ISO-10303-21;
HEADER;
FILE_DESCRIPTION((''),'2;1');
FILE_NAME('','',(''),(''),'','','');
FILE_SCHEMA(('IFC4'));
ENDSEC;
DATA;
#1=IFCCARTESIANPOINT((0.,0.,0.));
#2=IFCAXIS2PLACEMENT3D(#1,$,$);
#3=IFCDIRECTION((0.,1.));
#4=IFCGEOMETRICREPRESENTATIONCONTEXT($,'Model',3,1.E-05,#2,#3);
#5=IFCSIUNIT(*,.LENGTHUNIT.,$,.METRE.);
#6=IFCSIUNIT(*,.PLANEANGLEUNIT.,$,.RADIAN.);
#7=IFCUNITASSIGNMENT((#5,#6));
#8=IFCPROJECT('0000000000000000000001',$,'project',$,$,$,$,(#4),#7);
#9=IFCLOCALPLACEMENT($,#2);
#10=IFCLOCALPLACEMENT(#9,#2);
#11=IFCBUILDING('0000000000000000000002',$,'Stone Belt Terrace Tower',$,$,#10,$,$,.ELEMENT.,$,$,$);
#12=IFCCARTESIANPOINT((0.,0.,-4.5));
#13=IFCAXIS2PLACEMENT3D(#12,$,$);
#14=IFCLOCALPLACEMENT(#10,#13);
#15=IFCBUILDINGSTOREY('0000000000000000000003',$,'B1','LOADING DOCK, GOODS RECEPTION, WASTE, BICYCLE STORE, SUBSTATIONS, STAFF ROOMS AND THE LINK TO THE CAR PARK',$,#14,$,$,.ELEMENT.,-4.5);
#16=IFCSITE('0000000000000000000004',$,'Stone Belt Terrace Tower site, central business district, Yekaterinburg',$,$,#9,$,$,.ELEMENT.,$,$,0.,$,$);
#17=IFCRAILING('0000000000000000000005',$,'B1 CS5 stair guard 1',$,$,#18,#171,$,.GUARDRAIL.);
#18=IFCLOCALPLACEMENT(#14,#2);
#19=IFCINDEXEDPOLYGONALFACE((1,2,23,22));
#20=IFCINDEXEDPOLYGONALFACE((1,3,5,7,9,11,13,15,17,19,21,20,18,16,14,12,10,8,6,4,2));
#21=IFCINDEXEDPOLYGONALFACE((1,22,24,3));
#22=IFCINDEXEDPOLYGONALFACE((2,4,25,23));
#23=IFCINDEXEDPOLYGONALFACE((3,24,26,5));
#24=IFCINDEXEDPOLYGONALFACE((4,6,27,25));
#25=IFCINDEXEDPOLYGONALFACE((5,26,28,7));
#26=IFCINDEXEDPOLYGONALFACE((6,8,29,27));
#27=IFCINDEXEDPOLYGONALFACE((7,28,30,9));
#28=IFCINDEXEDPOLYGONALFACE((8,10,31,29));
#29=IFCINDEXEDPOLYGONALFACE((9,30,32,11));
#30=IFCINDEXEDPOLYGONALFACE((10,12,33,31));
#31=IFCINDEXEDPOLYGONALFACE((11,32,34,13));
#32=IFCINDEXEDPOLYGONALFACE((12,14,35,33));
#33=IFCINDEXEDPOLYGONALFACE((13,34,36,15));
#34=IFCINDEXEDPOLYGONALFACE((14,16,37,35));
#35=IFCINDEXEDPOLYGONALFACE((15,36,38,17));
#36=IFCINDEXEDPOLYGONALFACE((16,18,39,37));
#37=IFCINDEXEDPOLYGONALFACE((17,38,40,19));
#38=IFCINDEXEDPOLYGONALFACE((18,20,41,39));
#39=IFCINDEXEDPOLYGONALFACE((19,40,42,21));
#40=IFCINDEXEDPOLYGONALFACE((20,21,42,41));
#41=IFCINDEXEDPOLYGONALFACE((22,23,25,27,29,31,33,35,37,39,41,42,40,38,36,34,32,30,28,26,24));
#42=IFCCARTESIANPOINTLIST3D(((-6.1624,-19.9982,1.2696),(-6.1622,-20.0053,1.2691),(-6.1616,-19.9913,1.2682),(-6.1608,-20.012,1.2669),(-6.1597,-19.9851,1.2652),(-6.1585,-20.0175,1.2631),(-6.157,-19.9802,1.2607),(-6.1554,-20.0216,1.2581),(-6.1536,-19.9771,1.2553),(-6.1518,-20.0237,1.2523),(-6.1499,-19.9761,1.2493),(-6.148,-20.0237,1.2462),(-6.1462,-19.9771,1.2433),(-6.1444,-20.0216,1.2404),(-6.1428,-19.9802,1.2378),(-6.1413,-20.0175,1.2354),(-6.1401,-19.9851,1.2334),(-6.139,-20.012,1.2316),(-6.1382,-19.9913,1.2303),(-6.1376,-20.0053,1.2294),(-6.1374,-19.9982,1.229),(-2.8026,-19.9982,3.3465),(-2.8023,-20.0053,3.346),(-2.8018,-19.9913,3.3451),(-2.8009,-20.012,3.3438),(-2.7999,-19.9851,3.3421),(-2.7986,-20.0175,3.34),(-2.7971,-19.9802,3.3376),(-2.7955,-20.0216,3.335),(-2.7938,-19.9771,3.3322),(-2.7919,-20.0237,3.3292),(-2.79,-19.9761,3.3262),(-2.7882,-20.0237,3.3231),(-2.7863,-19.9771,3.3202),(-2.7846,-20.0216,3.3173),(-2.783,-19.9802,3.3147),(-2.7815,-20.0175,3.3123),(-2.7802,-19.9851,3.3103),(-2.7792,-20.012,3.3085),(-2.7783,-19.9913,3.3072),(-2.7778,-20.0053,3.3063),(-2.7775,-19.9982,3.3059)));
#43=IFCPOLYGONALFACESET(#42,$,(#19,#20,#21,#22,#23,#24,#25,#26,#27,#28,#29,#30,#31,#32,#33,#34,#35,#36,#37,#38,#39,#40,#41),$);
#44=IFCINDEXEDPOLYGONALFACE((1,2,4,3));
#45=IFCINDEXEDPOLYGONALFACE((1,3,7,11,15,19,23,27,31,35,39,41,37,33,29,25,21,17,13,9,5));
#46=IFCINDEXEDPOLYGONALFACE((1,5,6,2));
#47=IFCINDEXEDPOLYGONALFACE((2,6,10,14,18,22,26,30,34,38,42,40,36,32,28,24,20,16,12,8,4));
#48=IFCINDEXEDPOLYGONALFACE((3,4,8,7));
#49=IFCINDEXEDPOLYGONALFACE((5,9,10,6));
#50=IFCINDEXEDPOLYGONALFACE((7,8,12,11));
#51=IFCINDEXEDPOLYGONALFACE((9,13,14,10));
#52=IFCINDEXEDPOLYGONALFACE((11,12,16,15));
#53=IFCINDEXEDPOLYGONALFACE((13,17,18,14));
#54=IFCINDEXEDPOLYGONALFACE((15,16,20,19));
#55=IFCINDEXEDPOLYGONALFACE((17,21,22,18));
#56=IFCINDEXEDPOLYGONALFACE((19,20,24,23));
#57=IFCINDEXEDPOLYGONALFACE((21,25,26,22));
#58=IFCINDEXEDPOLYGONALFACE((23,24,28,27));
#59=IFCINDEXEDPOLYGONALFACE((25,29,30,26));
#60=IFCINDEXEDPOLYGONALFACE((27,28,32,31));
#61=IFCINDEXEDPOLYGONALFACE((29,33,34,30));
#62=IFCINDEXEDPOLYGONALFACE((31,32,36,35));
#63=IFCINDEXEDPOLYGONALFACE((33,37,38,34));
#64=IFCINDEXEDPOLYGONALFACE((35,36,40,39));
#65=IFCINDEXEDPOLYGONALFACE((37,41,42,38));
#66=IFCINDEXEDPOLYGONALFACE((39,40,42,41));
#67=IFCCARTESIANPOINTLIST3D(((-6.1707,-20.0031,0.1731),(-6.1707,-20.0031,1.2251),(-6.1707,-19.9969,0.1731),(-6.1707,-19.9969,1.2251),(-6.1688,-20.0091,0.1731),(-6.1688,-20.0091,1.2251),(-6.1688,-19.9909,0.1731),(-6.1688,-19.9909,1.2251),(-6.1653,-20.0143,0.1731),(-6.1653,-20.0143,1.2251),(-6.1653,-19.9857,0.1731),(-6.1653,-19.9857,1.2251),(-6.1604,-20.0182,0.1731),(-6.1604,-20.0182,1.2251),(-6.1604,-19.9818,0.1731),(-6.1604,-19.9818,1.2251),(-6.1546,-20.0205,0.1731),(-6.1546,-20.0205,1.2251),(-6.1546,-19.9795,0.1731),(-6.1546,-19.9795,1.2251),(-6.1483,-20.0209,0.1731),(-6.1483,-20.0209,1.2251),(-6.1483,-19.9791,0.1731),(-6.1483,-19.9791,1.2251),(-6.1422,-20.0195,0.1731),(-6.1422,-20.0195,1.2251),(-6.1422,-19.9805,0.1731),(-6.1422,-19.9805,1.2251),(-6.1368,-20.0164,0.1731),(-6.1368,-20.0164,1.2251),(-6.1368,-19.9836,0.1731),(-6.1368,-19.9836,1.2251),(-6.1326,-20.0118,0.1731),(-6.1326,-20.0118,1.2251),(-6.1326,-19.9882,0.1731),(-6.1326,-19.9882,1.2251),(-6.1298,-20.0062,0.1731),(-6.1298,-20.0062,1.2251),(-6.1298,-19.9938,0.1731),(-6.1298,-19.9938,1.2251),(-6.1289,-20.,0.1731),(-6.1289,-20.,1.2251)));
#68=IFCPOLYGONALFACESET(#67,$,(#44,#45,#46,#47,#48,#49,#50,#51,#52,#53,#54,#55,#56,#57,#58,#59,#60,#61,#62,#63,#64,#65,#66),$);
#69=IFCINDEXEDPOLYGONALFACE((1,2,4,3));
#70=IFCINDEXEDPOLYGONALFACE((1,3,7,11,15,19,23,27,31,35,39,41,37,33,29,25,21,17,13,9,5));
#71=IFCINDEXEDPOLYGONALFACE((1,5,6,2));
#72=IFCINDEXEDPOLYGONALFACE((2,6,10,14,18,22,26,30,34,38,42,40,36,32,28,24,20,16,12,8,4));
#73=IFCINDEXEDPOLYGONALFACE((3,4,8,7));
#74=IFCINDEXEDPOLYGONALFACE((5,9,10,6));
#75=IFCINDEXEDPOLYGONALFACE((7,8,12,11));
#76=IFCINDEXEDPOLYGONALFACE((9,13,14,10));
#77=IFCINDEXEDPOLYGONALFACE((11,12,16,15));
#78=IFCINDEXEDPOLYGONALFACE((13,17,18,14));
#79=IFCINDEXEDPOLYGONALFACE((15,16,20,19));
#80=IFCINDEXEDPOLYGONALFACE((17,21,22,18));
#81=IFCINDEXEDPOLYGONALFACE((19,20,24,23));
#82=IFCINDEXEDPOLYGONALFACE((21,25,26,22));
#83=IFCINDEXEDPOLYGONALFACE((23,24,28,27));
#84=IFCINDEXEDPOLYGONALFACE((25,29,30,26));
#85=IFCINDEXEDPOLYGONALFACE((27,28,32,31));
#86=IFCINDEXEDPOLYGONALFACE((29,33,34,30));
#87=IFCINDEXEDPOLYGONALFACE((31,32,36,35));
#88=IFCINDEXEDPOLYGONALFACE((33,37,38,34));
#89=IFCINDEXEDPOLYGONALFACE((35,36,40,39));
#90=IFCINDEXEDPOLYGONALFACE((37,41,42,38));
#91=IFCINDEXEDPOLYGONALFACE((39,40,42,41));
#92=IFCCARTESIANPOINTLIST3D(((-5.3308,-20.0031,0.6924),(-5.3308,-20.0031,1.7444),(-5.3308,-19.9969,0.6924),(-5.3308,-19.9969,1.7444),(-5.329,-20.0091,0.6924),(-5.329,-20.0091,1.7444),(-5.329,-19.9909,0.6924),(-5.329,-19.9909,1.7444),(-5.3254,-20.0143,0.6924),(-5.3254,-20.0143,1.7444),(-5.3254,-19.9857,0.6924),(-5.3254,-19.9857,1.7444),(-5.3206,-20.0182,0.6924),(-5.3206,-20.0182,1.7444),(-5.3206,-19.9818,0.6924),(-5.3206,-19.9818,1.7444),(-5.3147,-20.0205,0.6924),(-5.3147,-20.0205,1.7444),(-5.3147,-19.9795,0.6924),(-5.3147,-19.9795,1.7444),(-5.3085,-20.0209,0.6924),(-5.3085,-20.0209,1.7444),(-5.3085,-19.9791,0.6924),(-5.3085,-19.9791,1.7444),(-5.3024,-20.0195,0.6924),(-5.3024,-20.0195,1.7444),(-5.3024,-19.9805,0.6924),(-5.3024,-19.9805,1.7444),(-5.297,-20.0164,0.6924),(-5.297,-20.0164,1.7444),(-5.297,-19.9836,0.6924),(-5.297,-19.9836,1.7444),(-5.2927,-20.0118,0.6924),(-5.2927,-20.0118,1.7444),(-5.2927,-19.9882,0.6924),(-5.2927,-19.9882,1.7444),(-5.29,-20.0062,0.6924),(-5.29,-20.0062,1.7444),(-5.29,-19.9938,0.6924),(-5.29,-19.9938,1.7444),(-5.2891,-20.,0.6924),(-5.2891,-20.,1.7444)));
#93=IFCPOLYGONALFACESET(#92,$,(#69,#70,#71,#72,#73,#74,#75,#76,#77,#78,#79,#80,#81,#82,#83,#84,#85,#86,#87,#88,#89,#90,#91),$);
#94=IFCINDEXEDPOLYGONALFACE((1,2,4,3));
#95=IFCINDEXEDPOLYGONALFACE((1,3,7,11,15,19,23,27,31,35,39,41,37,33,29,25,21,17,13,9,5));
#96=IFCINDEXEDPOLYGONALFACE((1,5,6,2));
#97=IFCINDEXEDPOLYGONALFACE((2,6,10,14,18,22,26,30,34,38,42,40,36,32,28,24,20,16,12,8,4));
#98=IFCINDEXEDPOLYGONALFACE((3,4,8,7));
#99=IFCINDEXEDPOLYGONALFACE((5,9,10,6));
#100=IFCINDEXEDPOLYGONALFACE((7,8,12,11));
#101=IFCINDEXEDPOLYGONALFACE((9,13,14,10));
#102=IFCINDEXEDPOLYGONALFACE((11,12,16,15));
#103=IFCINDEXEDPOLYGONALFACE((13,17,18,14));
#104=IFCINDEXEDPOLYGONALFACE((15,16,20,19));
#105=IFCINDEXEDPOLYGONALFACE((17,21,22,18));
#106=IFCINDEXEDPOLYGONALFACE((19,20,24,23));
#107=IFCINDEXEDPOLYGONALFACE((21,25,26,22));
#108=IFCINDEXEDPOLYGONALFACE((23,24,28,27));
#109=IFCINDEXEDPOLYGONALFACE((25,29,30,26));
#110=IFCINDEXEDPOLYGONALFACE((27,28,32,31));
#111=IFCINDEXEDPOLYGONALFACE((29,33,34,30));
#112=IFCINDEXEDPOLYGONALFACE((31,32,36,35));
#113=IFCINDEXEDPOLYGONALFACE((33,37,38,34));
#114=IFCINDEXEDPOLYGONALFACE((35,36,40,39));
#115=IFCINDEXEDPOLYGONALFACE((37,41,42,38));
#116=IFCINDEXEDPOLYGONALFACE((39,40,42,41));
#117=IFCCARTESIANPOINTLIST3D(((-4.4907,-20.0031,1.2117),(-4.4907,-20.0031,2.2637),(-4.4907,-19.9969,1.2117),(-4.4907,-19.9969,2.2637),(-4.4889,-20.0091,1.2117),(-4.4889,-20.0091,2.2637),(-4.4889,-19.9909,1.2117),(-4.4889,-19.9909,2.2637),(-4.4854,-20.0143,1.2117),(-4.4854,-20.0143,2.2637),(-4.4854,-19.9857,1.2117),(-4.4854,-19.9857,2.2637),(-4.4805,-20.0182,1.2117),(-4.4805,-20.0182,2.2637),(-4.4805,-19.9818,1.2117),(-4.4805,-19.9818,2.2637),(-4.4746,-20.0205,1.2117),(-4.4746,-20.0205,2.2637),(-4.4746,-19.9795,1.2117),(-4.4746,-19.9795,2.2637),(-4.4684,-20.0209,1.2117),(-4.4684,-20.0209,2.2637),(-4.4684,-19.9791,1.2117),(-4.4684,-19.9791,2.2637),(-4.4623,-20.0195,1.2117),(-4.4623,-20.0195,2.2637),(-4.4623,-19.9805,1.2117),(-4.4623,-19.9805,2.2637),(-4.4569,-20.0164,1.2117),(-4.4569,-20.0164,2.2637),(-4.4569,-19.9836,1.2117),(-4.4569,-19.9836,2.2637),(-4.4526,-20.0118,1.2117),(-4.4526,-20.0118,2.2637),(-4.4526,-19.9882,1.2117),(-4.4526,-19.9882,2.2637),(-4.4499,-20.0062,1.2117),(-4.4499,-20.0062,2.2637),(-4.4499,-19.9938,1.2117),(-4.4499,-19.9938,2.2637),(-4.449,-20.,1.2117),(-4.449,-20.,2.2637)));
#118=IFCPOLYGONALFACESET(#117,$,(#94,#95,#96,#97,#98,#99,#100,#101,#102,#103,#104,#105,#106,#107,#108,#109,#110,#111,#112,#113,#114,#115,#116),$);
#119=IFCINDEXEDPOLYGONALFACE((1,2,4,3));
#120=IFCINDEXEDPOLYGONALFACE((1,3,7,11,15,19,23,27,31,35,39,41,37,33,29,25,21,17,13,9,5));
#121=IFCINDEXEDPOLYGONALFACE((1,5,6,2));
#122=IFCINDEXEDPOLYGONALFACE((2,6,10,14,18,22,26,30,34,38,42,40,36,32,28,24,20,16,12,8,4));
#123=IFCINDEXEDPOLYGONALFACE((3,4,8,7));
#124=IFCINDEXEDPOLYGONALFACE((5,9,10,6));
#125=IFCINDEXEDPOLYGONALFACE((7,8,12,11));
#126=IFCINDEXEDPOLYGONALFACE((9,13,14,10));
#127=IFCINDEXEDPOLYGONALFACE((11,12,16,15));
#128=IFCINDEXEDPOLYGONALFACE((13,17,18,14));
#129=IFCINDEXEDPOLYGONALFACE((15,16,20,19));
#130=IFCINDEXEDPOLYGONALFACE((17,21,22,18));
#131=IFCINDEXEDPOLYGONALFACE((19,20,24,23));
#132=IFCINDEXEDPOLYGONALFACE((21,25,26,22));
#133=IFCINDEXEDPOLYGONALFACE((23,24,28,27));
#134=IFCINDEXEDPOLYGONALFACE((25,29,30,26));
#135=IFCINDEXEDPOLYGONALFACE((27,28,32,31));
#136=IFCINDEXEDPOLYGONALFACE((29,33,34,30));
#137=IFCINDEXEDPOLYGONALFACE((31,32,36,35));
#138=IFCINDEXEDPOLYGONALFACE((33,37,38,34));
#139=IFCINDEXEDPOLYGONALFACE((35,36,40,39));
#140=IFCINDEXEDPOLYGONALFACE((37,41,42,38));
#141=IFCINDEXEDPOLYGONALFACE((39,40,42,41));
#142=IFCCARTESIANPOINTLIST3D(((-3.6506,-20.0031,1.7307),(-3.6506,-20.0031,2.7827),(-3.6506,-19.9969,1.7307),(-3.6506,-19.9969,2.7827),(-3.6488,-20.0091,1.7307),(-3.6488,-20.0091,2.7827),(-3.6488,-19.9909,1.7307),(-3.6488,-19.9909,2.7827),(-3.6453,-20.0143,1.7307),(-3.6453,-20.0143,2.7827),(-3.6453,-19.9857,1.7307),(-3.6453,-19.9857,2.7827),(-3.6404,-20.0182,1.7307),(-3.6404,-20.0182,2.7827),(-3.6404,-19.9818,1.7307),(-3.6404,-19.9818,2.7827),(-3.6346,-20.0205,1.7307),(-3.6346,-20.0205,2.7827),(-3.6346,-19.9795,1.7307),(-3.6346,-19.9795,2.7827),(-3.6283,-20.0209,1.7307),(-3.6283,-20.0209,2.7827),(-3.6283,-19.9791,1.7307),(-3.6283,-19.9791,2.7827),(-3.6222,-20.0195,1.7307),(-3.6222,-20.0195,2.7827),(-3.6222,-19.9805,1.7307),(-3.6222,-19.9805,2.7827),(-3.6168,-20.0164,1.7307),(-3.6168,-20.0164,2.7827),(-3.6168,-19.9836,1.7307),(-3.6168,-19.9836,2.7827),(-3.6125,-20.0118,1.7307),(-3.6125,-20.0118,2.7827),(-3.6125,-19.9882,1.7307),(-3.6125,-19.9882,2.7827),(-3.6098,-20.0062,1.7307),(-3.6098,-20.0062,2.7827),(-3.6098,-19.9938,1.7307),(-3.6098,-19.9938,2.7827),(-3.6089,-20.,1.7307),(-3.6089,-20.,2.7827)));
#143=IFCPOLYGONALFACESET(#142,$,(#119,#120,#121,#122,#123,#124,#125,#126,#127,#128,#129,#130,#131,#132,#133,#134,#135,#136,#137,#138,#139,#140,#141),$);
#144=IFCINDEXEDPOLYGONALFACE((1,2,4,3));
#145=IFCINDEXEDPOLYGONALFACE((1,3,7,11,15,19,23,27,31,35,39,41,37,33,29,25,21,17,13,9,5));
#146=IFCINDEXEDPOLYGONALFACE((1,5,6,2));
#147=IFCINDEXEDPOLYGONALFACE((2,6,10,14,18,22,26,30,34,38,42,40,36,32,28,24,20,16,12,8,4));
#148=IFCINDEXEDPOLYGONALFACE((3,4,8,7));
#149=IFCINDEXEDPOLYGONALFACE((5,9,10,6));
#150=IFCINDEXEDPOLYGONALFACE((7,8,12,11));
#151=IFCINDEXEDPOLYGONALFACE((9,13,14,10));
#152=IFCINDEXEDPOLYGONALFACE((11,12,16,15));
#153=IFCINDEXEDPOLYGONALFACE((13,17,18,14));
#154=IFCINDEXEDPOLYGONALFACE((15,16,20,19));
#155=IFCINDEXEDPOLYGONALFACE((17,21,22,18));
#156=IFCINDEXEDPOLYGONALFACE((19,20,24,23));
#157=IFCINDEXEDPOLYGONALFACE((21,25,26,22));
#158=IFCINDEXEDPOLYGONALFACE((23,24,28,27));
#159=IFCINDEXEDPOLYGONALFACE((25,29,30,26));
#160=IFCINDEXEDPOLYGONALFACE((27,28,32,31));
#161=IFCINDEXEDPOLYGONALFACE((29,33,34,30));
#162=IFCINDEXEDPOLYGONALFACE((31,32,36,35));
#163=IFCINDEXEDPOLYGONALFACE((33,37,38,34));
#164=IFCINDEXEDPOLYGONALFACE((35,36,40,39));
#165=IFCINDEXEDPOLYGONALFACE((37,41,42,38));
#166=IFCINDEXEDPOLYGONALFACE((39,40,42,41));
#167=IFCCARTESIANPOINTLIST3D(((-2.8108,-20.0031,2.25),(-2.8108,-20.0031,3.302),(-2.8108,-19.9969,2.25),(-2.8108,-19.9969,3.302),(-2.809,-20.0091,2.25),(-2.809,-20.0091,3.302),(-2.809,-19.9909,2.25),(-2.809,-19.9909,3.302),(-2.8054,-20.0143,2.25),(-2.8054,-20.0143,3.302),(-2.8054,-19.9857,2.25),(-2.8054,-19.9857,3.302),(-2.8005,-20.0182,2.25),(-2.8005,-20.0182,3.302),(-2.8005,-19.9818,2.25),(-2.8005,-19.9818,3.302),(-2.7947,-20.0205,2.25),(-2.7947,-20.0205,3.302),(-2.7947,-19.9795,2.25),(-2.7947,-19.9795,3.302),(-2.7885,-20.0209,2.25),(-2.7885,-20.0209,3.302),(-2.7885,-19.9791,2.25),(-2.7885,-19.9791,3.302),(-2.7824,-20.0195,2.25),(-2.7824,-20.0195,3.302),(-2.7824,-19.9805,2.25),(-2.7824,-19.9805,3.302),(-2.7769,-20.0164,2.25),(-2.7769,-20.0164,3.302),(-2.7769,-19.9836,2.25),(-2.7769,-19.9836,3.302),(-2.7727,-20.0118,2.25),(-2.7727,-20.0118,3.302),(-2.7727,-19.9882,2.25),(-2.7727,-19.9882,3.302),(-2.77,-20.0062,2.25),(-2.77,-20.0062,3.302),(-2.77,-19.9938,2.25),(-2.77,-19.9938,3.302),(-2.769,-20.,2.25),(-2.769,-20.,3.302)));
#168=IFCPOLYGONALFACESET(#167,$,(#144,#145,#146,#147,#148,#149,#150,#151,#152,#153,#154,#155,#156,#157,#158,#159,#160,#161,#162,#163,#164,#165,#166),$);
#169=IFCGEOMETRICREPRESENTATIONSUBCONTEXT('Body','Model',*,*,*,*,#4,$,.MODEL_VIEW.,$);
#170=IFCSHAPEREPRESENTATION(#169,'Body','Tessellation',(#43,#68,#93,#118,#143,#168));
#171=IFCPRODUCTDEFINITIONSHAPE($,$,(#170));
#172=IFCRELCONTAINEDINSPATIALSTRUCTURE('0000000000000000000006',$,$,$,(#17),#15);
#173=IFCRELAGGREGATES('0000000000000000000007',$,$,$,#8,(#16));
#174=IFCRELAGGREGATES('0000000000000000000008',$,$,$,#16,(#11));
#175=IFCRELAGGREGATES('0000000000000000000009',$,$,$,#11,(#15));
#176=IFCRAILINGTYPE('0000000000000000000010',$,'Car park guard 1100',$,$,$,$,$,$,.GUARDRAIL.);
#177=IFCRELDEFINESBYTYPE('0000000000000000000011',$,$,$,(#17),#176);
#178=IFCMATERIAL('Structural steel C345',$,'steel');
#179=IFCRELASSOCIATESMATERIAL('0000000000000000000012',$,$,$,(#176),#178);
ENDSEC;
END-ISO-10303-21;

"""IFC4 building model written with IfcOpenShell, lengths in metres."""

from ifc_helpers import new_model, si_unit, direction, frame, origin, origin_2d, place, context, subcontext, project, spatial, circle, extrude, material, type_object, element, save


model = new_model("IFC4")

# Units and contexts
model_context = context("Model", 3, precision=1e-05, world=origin(), true_north=direction((0.0, 1.0)))
body_context = subcontext(model_context, "Body", "Model", "MODEL_VIEW")
ifc_project = project(units=[si_unit("LENGTHUNIT", "METRE"), si_unit("PLANEANGLEUNIT", "RADIAN")], contexts=[model_context])

# Site, building, storey
site_placement = place(None, origin())
site = spatial("IfcSite", under=ifc_project, at=site_placement, Name="Stone Belt Terrace Tower site, central business district, Yekaterinburg", CompositionType="ELEMENT", RefElevation=0.0)
building_placement = place(site_placement, origin())
building = spatial("IfcBuilding", under=site, at=building_placement, Name="Stone Belt Terrace Tower", CompositionType="ELEMENT")
storey_placement = place(building_placement, frame((0.0, 0.0, -4.5)))
storey = spatial("IfcBuildingStorey", under=building, at=storey_placement, Name="B1", Description="LOADING DOCK, GOODS RECEPTION, WASTE, BICYCLE STORE, SUBSTATIONS, STAFF ROOMS AND THE LINK TO THE CAR PARK", CompositionType="ELEMENT", Elevation=-4.5)

# Railing
ifc_material_1 = material(Name="Structural steel C345", Category="steel")
railing_type_1 = type_object("IfcRailingType", Name="Car park guard 1100", PredefinedType="GUARDRAIL", material=ifc_material_1)
railing_1_placement = place(storey_placement, frame((-6.1499, -20.0, 0.1731)))
element("IfcRailing", 1, at=railing_1_placement, inside=storey, type_object=railing_type_1, Name="B1 CS5 stair guard 1", PredefinedType="GUARDRAIL", context=body_context, shape_type="SweptSolid", body=[
    extrude(circle(Radius=0.0239, at=origin_2d()), frame((0.0, 0.0, 1.0762), z_axis=(0.850606, 0.0, 0.525803), x_axis=(0.0, 1.0, 0.0)), (0.0, 0.0, 1.0), 3.95),
    extrude(circle(Radius=0.021, at=origin_2d()), origin(), (0.0, 0.0, 1.0), 1.052),
    extrude(circle(Radius=0.021, at=origin_2d()), frame((0.8398, 0.0, 0.5193)), (0.0, 0.0, 1.0), 1.052),
    extrude(circle(Radius=0.021, at=origin_2d()), frame((1.6799, 0.0, 1.0386)), (0.0, 0.0, 1.0), 1.052),
    extrude(circle(Radius=0.021, at=origin_2d()), frame((2.52, 0.0, 1.5576)), (0.0, 0.0, 1.0), 1.052),
    extrude(circle(Radius=0.021, at=origin_2d()), frame((3.3599, 0.0, 2.0769)), (0.0, 0.0, 1.0), 1.052),
])

save(model, "model.ifc")
